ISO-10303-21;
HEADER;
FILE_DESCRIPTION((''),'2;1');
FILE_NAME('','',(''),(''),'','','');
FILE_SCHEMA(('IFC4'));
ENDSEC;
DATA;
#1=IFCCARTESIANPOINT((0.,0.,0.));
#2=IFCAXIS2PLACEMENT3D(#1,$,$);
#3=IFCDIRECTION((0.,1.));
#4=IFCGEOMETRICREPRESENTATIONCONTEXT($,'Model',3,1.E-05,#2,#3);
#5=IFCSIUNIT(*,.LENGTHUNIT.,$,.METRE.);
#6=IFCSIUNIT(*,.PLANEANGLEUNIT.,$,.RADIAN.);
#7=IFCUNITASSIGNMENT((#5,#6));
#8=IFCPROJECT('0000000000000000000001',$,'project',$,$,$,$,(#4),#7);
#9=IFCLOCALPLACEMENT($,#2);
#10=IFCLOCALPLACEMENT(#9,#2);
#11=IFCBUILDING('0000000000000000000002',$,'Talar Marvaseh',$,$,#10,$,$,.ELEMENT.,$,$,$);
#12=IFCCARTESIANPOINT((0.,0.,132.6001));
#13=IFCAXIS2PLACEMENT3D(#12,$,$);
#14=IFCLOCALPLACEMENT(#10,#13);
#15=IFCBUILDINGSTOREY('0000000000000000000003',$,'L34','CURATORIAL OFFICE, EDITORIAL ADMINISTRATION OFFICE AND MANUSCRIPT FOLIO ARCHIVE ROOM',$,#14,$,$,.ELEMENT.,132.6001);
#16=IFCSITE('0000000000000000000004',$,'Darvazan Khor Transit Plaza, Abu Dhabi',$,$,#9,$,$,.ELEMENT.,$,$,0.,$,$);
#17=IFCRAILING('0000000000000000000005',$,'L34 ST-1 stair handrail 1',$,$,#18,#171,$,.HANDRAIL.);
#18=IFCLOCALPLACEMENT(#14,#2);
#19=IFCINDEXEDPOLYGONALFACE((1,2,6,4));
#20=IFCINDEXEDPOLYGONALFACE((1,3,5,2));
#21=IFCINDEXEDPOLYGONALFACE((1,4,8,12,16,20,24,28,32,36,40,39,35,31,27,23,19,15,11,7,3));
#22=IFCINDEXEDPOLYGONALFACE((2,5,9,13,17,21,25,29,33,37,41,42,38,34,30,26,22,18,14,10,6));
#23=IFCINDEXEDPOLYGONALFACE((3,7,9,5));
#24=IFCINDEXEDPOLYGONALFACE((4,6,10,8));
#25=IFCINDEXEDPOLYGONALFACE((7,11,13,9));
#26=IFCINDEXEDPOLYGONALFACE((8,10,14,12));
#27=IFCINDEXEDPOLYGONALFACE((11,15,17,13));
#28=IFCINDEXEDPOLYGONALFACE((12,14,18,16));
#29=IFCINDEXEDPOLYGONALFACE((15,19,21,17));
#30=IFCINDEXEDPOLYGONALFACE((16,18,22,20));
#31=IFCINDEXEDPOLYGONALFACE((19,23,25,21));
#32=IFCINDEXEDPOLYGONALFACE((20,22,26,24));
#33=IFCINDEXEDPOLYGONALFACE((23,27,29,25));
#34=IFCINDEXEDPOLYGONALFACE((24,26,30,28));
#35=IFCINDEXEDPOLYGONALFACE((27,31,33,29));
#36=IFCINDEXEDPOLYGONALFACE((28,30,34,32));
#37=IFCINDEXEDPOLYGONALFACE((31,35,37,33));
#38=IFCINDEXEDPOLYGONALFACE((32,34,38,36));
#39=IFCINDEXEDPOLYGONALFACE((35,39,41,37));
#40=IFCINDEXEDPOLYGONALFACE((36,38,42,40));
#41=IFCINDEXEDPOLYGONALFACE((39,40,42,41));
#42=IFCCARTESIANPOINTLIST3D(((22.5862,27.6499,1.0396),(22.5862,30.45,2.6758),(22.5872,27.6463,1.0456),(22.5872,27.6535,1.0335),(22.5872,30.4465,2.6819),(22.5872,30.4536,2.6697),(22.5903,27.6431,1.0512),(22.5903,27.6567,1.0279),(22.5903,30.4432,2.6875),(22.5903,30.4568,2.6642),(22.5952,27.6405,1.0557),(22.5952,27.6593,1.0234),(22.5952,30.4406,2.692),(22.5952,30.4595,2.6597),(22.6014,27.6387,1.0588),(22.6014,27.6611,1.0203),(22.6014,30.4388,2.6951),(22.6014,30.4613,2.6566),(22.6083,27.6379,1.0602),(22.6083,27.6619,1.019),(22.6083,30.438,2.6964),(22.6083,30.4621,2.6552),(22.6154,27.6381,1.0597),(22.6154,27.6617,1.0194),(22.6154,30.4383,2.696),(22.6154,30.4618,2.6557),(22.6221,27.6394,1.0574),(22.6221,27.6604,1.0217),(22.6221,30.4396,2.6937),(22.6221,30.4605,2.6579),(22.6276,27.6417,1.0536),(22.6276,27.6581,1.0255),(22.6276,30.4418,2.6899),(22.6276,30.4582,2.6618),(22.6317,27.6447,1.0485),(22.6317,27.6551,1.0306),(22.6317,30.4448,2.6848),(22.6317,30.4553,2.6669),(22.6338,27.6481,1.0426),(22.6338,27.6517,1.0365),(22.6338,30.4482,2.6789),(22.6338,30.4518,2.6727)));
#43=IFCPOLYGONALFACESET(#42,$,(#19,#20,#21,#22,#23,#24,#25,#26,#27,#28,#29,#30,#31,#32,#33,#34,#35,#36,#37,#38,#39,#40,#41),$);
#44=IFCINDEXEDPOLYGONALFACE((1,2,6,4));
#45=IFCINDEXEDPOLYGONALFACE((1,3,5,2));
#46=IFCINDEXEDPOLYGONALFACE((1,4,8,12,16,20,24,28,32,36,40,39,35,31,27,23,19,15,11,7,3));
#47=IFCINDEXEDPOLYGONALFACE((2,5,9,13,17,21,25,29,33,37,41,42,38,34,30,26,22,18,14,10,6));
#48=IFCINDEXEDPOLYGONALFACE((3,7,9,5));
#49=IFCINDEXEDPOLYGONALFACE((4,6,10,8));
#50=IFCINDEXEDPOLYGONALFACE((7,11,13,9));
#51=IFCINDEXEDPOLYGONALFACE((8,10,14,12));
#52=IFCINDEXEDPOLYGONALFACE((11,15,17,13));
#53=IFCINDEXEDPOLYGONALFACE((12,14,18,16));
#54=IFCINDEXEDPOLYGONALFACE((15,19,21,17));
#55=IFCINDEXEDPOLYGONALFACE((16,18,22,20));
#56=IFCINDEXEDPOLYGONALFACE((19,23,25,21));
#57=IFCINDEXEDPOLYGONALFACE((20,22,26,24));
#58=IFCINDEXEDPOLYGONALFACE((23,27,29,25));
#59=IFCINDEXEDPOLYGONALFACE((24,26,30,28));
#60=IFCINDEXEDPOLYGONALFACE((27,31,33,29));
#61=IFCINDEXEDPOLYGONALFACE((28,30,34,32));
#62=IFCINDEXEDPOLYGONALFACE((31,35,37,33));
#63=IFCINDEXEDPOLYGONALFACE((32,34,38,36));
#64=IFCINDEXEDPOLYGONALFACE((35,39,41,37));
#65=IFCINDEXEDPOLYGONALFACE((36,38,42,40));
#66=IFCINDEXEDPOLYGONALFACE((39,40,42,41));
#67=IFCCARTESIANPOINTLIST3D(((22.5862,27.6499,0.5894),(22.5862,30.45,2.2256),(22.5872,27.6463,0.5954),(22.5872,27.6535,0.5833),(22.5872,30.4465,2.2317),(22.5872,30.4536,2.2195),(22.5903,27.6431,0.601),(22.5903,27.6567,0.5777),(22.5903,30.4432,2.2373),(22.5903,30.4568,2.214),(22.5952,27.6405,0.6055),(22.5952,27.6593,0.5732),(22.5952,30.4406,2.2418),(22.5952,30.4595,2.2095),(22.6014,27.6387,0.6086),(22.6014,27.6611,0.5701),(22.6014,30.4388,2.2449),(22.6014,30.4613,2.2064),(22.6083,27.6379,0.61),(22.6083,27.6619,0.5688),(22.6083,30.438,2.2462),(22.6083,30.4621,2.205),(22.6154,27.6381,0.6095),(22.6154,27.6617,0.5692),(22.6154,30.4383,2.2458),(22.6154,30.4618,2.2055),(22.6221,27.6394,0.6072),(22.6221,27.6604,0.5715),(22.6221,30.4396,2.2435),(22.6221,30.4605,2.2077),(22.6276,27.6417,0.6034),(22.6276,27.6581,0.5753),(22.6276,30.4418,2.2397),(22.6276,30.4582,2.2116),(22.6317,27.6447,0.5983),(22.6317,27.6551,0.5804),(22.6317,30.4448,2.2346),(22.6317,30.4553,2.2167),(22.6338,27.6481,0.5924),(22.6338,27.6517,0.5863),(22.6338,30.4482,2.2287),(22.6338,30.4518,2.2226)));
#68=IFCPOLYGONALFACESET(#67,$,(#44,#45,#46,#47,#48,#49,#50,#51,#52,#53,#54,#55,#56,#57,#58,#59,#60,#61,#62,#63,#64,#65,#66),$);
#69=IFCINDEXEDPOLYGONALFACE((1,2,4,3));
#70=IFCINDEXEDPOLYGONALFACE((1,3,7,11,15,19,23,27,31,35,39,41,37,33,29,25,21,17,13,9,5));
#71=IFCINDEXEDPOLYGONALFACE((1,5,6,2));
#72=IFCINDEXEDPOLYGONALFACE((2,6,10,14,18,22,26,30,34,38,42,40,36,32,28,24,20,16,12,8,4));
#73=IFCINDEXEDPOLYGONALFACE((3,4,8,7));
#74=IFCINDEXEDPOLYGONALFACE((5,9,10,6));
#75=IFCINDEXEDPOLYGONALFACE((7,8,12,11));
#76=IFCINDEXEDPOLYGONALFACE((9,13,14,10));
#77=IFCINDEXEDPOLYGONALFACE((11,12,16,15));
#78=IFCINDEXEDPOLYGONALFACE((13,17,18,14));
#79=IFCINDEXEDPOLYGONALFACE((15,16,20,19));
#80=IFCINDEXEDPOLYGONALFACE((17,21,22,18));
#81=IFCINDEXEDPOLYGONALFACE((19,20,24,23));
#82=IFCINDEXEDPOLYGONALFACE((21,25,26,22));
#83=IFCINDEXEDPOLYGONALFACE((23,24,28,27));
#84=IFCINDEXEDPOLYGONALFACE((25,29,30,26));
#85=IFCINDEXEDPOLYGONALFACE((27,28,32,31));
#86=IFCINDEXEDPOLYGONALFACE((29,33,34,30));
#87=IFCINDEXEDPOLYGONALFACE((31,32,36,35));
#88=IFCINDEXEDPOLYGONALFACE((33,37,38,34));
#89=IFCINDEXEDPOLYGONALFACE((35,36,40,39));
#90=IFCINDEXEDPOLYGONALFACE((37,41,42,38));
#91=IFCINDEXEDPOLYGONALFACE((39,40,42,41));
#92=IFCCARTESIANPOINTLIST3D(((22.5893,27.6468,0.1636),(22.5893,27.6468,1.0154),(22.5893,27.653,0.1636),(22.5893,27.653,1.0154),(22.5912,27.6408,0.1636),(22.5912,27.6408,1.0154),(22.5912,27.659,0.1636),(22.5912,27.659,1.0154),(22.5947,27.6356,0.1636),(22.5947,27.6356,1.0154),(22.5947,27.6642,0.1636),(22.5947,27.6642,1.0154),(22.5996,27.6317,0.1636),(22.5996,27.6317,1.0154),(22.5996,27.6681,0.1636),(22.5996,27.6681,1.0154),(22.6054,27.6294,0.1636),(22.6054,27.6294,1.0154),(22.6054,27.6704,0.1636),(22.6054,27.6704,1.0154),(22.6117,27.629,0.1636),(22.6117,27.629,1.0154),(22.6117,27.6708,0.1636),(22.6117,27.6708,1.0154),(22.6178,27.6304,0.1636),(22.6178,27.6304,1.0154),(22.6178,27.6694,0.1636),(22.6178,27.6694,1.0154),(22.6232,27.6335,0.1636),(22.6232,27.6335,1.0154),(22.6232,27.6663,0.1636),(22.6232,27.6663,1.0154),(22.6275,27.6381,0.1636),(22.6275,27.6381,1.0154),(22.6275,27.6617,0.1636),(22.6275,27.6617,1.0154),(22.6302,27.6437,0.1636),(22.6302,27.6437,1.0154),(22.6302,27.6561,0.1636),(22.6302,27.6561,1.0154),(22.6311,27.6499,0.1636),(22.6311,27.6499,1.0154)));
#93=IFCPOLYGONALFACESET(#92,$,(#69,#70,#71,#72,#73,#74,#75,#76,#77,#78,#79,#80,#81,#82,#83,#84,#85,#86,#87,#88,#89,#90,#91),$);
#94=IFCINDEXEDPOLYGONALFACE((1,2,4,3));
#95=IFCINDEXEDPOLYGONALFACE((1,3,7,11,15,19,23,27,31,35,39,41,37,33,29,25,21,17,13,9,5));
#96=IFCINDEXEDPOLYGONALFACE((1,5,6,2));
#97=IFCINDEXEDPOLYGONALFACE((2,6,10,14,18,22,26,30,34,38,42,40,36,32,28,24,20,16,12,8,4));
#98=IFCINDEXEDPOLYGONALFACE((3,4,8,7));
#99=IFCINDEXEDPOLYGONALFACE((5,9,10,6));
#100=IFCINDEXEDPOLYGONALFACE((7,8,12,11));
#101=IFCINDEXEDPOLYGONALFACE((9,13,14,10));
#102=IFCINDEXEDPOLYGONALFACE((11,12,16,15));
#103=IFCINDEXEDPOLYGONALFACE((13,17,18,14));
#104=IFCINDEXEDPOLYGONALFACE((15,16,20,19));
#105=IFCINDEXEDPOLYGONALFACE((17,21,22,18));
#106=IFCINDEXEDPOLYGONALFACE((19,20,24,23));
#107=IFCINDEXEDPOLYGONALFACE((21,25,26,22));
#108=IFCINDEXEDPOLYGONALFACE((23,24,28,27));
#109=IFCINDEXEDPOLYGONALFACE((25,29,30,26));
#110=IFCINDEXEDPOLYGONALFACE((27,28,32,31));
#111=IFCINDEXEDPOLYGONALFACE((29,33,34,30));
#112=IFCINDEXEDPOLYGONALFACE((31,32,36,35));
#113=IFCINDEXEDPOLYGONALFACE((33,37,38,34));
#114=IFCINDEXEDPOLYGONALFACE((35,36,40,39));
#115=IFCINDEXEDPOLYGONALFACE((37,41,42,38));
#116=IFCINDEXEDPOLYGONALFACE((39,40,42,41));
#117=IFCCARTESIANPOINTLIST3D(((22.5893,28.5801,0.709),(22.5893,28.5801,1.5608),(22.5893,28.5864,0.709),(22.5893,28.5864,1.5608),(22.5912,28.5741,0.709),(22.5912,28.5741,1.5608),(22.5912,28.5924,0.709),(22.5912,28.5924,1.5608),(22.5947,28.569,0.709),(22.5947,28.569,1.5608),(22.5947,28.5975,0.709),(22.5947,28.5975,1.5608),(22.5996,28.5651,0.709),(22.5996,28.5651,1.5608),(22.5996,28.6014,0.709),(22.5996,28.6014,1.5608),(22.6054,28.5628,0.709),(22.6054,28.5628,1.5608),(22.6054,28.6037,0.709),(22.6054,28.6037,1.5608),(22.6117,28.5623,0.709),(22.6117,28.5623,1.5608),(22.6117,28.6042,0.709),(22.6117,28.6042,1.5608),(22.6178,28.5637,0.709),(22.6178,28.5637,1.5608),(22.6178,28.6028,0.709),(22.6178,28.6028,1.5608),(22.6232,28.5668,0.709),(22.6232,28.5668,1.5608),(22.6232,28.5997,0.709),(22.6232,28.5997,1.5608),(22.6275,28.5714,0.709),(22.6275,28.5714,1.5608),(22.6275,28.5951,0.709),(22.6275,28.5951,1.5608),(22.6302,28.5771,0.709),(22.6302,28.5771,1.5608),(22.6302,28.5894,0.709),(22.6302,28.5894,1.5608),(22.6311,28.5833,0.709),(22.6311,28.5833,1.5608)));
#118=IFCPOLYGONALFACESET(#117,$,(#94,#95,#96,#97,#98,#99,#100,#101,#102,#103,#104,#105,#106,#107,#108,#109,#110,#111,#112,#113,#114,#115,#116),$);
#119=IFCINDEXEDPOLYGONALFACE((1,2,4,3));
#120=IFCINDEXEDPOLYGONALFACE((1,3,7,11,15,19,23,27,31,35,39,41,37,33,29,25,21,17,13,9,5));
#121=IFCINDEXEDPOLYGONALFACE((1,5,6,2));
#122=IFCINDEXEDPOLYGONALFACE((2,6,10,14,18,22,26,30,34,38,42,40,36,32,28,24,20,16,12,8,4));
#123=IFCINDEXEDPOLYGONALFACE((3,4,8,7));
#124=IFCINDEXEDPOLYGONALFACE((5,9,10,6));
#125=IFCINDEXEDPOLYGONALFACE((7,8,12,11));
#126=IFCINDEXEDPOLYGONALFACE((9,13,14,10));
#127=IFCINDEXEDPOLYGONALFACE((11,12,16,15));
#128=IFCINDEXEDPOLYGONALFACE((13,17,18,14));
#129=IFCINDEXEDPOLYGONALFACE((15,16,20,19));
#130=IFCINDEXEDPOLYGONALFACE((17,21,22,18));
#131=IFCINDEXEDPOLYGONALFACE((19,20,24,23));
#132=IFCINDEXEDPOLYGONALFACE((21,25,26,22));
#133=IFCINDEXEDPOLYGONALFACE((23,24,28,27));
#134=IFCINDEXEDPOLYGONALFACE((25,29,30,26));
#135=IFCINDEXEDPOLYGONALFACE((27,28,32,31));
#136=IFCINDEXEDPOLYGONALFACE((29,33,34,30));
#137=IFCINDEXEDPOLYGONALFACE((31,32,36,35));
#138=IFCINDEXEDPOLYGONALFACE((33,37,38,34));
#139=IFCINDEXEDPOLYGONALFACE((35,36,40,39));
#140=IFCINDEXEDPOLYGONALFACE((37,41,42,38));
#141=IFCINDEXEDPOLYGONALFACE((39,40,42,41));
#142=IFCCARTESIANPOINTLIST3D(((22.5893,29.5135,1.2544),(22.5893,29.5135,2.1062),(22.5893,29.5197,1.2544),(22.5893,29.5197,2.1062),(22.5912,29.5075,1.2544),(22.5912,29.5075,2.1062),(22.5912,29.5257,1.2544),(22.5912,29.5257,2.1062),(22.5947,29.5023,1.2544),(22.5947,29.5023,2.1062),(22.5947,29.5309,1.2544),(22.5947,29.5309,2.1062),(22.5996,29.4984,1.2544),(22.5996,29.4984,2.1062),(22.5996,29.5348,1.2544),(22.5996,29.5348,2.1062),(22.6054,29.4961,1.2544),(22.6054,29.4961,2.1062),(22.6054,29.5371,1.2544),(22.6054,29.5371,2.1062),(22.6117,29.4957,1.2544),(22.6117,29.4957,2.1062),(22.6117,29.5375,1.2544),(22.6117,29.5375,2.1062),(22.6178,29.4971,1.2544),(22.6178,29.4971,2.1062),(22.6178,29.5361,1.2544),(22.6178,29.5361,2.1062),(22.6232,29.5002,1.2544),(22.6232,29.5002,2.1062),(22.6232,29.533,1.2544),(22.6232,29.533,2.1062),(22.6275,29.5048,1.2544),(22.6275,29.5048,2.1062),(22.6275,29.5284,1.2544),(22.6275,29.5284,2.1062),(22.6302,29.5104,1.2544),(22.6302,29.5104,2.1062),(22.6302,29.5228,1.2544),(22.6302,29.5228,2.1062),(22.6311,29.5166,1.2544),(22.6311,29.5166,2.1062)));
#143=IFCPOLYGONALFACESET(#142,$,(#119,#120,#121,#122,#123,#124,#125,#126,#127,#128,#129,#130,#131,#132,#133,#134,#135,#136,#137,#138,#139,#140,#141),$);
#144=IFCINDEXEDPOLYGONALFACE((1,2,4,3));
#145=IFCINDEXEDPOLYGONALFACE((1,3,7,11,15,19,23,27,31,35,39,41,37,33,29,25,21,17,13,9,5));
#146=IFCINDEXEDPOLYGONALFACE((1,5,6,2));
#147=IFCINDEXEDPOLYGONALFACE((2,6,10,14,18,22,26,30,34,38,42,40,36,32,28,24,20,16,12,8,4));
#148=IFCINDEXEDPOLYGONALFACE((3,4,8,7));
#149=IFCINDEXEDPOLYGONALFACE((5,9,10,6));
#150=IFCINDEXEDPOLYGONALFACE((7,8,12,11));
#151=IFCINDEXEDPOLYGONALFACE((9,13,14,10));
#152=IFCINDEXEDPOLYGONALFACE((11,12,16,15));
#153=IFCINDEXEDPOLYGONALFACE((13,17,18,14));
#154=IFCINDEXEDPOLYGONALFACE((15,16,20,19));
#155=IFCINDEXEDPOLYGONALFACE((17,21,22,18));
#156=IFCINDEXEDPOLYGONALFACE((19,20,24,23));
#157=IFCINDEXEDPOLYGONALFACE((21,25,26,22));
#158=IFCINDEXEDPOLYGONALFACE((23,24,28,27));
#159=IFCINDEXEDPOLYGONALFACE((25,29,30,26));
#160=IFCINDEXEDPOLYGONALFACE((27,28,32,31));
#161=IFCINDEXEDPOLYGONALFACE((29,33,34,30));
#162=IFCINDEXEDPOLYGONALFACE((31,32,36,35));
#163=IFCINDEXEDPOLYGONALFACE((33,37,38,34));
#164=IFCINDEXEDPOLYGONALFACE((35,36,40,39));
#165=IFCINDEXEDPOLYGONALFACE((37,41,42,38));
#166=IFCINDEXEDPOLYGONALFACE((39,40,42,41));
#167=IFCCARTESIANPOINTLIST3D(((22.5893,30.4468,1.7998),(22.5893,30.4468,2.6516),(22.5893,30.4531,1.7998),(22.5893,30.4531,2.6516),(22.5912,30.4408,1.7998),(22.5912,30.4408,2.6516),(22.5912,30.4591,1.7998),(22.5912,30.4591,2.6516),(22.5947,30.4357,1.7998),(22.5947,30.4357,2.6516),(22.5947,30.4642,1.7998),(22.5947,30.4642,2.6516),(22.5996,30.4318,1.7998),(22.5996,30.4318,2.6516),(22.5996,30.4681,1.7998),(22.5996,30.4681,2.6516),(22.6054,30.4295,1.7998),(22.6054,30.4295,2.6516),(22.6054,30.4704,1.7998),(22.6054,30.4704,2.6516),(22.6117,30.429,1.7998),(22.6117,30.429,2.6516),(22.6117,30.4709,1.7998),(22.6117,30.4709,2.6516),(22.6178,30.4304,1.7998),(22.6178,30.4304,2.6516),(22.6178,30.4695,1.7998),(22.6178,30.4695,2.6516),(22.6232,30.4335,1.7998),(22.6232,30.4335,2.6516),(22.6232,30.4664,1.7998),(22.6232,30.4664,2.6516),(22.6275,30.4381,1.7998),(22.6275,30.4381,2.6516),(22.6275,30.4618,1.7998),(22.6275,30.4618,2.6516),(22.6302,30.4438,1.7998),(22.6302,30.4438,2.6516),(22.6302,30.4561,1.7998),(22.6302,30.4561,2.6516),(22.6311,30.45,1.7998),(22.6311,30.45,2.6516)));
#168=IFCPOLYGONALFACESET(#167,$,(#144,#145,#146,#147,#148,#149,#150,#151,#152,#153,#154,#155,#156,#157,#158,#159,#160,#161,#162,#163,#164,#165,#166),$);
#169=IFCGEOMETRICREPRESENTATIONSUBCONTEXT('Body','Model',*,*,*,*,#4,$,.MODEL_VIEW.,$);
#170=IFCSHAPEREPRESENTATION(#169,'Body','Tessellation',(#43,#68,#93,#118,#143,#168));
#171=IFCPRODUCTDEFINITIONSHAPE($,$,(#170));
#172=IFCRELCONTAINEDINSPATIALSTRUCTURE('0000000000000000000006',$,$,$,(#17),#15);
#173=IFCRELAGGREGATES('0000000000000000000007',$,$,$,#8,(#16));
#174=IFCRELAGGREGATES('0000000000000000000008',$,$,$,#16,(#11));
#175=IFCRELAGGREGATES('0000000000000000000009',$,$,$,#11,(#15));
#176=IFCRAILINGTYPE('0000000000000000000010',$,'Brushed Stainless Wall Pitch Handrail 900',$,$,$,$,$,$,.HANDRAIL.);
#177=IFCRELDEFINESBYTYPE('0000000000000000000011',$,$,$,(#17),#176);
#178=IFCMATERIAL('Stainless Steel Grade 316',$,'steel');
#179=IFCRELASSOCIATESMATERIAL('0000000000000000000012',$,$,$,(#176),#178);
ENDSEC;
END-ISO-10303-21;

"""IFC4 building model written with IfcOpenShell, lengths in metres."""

from ifc_helpers import new_model, si_unit, direction, frame, origin, origin_2d, place, context, subcontext, project, spatial, circle, extrude, material, type_object, element, save


model = new_model("IFC4")

# Units and contexts
model_context = context("Model", 3, precision=1e-05, world=origin(), true_north=direction((0.0, 1.0)))
body_context = subcontext(model_context, "Body", "Model", "MODEL_VIEW")
ifc_project = project(units=[si_unit("LENGTHUNIT", "METRE"), si_unit("PLANEANGLEUNIT", "RADIAN")], contexts=[model_context])

# Site, building, storey
site_placement = place(None, origin())
site = spatial("IfcSite", under=ifc_project, at=site_placement, Name="Darvazan Khor Transit Plaza, Abu Dhabi", CompositionType="ELEMENT", RefElevation=0.0)
building_placement = place(site_placement, origin())
building = spatial("IfcBuilding", under=site, at=building_placement, Name="Talar Marvaseh", CompositionType="ELEMENT")
storey_placement = place(building_placement, frame((0.0, 0.0, 132.6001)))
storey = spatial("IfcBuildingStorey", under=building, at=storey_placement, Name="L34", Description="CURATORIAL OFFICE, EDITORIAL ADMINISTRATION OFFICE AND MANUSCRIPT FOLIO ARCHIVE ROOM", CompositionType="ELEMENT", Elevation=132.6001)

# Railing
ifc_material_1 = material(Name="Stainless Steel Grade 316", Category="steel")
railing_type_1 = type_object("IfcRailingType", Name="Brushed Stainless Wall Pitch Handrail 900", PredefinedType="HANDRAIL", material=ifc_material_1)
railing_1_placement = place(storey_placement, frame((22.6101, 27.6499, 0.1636)))
element("IfcRailing", 1, at=railing_1_placement, inside=storey, type_object=railing_type_1, Name="L34 ST-1 stair handrail 1", PredefinedType="HANDRAIL", context=body_context, shape_type="SweptSolid", body=[
    extrude(circle(Radius=0.0239, at=origin_2d()), frame((0.0, 0.0, 0.876), z_axis=(0.0, 0.863394, 0.504531), x_axis=(-1.0, 0.0, 0.0)), (0.0, 0.0, 1.0), 3.2432),
    extrude(circle(Radius=0.0239, at=origin_2d()), frame((0.0, 0.0, 0.4258), z_axis=(0.0, 0.863394, 0.504531), x_axis=(-1.0, 0.0, 0.0)), (0.0, 0.0, 1.0), 3.2432),
    extrude(circle(Radius=0.021, at=origin_2d()), origin(), (0.0, 0.0, 1.0), 0.8518),
    extrude(circle(Radius=0.021, at=origin_2d()), frame((0.0, 0.9333, 0.5454)), (0.0, 0.0, 1.0), 0.8518),
    extrude(circle(Radius=0.021, at=origin_2d()), frame((0.0, 1.8667, 1.0908)), (0.0, 0.0, 1.0), 0.8518),
    extrude(circle(Radius=0.021, at=origin_2d()), frame((0.0, 2.8, 1.6362)), (0.0, 0.0, 1.0), 0.8518),
])

save(model, "model.ifc")
